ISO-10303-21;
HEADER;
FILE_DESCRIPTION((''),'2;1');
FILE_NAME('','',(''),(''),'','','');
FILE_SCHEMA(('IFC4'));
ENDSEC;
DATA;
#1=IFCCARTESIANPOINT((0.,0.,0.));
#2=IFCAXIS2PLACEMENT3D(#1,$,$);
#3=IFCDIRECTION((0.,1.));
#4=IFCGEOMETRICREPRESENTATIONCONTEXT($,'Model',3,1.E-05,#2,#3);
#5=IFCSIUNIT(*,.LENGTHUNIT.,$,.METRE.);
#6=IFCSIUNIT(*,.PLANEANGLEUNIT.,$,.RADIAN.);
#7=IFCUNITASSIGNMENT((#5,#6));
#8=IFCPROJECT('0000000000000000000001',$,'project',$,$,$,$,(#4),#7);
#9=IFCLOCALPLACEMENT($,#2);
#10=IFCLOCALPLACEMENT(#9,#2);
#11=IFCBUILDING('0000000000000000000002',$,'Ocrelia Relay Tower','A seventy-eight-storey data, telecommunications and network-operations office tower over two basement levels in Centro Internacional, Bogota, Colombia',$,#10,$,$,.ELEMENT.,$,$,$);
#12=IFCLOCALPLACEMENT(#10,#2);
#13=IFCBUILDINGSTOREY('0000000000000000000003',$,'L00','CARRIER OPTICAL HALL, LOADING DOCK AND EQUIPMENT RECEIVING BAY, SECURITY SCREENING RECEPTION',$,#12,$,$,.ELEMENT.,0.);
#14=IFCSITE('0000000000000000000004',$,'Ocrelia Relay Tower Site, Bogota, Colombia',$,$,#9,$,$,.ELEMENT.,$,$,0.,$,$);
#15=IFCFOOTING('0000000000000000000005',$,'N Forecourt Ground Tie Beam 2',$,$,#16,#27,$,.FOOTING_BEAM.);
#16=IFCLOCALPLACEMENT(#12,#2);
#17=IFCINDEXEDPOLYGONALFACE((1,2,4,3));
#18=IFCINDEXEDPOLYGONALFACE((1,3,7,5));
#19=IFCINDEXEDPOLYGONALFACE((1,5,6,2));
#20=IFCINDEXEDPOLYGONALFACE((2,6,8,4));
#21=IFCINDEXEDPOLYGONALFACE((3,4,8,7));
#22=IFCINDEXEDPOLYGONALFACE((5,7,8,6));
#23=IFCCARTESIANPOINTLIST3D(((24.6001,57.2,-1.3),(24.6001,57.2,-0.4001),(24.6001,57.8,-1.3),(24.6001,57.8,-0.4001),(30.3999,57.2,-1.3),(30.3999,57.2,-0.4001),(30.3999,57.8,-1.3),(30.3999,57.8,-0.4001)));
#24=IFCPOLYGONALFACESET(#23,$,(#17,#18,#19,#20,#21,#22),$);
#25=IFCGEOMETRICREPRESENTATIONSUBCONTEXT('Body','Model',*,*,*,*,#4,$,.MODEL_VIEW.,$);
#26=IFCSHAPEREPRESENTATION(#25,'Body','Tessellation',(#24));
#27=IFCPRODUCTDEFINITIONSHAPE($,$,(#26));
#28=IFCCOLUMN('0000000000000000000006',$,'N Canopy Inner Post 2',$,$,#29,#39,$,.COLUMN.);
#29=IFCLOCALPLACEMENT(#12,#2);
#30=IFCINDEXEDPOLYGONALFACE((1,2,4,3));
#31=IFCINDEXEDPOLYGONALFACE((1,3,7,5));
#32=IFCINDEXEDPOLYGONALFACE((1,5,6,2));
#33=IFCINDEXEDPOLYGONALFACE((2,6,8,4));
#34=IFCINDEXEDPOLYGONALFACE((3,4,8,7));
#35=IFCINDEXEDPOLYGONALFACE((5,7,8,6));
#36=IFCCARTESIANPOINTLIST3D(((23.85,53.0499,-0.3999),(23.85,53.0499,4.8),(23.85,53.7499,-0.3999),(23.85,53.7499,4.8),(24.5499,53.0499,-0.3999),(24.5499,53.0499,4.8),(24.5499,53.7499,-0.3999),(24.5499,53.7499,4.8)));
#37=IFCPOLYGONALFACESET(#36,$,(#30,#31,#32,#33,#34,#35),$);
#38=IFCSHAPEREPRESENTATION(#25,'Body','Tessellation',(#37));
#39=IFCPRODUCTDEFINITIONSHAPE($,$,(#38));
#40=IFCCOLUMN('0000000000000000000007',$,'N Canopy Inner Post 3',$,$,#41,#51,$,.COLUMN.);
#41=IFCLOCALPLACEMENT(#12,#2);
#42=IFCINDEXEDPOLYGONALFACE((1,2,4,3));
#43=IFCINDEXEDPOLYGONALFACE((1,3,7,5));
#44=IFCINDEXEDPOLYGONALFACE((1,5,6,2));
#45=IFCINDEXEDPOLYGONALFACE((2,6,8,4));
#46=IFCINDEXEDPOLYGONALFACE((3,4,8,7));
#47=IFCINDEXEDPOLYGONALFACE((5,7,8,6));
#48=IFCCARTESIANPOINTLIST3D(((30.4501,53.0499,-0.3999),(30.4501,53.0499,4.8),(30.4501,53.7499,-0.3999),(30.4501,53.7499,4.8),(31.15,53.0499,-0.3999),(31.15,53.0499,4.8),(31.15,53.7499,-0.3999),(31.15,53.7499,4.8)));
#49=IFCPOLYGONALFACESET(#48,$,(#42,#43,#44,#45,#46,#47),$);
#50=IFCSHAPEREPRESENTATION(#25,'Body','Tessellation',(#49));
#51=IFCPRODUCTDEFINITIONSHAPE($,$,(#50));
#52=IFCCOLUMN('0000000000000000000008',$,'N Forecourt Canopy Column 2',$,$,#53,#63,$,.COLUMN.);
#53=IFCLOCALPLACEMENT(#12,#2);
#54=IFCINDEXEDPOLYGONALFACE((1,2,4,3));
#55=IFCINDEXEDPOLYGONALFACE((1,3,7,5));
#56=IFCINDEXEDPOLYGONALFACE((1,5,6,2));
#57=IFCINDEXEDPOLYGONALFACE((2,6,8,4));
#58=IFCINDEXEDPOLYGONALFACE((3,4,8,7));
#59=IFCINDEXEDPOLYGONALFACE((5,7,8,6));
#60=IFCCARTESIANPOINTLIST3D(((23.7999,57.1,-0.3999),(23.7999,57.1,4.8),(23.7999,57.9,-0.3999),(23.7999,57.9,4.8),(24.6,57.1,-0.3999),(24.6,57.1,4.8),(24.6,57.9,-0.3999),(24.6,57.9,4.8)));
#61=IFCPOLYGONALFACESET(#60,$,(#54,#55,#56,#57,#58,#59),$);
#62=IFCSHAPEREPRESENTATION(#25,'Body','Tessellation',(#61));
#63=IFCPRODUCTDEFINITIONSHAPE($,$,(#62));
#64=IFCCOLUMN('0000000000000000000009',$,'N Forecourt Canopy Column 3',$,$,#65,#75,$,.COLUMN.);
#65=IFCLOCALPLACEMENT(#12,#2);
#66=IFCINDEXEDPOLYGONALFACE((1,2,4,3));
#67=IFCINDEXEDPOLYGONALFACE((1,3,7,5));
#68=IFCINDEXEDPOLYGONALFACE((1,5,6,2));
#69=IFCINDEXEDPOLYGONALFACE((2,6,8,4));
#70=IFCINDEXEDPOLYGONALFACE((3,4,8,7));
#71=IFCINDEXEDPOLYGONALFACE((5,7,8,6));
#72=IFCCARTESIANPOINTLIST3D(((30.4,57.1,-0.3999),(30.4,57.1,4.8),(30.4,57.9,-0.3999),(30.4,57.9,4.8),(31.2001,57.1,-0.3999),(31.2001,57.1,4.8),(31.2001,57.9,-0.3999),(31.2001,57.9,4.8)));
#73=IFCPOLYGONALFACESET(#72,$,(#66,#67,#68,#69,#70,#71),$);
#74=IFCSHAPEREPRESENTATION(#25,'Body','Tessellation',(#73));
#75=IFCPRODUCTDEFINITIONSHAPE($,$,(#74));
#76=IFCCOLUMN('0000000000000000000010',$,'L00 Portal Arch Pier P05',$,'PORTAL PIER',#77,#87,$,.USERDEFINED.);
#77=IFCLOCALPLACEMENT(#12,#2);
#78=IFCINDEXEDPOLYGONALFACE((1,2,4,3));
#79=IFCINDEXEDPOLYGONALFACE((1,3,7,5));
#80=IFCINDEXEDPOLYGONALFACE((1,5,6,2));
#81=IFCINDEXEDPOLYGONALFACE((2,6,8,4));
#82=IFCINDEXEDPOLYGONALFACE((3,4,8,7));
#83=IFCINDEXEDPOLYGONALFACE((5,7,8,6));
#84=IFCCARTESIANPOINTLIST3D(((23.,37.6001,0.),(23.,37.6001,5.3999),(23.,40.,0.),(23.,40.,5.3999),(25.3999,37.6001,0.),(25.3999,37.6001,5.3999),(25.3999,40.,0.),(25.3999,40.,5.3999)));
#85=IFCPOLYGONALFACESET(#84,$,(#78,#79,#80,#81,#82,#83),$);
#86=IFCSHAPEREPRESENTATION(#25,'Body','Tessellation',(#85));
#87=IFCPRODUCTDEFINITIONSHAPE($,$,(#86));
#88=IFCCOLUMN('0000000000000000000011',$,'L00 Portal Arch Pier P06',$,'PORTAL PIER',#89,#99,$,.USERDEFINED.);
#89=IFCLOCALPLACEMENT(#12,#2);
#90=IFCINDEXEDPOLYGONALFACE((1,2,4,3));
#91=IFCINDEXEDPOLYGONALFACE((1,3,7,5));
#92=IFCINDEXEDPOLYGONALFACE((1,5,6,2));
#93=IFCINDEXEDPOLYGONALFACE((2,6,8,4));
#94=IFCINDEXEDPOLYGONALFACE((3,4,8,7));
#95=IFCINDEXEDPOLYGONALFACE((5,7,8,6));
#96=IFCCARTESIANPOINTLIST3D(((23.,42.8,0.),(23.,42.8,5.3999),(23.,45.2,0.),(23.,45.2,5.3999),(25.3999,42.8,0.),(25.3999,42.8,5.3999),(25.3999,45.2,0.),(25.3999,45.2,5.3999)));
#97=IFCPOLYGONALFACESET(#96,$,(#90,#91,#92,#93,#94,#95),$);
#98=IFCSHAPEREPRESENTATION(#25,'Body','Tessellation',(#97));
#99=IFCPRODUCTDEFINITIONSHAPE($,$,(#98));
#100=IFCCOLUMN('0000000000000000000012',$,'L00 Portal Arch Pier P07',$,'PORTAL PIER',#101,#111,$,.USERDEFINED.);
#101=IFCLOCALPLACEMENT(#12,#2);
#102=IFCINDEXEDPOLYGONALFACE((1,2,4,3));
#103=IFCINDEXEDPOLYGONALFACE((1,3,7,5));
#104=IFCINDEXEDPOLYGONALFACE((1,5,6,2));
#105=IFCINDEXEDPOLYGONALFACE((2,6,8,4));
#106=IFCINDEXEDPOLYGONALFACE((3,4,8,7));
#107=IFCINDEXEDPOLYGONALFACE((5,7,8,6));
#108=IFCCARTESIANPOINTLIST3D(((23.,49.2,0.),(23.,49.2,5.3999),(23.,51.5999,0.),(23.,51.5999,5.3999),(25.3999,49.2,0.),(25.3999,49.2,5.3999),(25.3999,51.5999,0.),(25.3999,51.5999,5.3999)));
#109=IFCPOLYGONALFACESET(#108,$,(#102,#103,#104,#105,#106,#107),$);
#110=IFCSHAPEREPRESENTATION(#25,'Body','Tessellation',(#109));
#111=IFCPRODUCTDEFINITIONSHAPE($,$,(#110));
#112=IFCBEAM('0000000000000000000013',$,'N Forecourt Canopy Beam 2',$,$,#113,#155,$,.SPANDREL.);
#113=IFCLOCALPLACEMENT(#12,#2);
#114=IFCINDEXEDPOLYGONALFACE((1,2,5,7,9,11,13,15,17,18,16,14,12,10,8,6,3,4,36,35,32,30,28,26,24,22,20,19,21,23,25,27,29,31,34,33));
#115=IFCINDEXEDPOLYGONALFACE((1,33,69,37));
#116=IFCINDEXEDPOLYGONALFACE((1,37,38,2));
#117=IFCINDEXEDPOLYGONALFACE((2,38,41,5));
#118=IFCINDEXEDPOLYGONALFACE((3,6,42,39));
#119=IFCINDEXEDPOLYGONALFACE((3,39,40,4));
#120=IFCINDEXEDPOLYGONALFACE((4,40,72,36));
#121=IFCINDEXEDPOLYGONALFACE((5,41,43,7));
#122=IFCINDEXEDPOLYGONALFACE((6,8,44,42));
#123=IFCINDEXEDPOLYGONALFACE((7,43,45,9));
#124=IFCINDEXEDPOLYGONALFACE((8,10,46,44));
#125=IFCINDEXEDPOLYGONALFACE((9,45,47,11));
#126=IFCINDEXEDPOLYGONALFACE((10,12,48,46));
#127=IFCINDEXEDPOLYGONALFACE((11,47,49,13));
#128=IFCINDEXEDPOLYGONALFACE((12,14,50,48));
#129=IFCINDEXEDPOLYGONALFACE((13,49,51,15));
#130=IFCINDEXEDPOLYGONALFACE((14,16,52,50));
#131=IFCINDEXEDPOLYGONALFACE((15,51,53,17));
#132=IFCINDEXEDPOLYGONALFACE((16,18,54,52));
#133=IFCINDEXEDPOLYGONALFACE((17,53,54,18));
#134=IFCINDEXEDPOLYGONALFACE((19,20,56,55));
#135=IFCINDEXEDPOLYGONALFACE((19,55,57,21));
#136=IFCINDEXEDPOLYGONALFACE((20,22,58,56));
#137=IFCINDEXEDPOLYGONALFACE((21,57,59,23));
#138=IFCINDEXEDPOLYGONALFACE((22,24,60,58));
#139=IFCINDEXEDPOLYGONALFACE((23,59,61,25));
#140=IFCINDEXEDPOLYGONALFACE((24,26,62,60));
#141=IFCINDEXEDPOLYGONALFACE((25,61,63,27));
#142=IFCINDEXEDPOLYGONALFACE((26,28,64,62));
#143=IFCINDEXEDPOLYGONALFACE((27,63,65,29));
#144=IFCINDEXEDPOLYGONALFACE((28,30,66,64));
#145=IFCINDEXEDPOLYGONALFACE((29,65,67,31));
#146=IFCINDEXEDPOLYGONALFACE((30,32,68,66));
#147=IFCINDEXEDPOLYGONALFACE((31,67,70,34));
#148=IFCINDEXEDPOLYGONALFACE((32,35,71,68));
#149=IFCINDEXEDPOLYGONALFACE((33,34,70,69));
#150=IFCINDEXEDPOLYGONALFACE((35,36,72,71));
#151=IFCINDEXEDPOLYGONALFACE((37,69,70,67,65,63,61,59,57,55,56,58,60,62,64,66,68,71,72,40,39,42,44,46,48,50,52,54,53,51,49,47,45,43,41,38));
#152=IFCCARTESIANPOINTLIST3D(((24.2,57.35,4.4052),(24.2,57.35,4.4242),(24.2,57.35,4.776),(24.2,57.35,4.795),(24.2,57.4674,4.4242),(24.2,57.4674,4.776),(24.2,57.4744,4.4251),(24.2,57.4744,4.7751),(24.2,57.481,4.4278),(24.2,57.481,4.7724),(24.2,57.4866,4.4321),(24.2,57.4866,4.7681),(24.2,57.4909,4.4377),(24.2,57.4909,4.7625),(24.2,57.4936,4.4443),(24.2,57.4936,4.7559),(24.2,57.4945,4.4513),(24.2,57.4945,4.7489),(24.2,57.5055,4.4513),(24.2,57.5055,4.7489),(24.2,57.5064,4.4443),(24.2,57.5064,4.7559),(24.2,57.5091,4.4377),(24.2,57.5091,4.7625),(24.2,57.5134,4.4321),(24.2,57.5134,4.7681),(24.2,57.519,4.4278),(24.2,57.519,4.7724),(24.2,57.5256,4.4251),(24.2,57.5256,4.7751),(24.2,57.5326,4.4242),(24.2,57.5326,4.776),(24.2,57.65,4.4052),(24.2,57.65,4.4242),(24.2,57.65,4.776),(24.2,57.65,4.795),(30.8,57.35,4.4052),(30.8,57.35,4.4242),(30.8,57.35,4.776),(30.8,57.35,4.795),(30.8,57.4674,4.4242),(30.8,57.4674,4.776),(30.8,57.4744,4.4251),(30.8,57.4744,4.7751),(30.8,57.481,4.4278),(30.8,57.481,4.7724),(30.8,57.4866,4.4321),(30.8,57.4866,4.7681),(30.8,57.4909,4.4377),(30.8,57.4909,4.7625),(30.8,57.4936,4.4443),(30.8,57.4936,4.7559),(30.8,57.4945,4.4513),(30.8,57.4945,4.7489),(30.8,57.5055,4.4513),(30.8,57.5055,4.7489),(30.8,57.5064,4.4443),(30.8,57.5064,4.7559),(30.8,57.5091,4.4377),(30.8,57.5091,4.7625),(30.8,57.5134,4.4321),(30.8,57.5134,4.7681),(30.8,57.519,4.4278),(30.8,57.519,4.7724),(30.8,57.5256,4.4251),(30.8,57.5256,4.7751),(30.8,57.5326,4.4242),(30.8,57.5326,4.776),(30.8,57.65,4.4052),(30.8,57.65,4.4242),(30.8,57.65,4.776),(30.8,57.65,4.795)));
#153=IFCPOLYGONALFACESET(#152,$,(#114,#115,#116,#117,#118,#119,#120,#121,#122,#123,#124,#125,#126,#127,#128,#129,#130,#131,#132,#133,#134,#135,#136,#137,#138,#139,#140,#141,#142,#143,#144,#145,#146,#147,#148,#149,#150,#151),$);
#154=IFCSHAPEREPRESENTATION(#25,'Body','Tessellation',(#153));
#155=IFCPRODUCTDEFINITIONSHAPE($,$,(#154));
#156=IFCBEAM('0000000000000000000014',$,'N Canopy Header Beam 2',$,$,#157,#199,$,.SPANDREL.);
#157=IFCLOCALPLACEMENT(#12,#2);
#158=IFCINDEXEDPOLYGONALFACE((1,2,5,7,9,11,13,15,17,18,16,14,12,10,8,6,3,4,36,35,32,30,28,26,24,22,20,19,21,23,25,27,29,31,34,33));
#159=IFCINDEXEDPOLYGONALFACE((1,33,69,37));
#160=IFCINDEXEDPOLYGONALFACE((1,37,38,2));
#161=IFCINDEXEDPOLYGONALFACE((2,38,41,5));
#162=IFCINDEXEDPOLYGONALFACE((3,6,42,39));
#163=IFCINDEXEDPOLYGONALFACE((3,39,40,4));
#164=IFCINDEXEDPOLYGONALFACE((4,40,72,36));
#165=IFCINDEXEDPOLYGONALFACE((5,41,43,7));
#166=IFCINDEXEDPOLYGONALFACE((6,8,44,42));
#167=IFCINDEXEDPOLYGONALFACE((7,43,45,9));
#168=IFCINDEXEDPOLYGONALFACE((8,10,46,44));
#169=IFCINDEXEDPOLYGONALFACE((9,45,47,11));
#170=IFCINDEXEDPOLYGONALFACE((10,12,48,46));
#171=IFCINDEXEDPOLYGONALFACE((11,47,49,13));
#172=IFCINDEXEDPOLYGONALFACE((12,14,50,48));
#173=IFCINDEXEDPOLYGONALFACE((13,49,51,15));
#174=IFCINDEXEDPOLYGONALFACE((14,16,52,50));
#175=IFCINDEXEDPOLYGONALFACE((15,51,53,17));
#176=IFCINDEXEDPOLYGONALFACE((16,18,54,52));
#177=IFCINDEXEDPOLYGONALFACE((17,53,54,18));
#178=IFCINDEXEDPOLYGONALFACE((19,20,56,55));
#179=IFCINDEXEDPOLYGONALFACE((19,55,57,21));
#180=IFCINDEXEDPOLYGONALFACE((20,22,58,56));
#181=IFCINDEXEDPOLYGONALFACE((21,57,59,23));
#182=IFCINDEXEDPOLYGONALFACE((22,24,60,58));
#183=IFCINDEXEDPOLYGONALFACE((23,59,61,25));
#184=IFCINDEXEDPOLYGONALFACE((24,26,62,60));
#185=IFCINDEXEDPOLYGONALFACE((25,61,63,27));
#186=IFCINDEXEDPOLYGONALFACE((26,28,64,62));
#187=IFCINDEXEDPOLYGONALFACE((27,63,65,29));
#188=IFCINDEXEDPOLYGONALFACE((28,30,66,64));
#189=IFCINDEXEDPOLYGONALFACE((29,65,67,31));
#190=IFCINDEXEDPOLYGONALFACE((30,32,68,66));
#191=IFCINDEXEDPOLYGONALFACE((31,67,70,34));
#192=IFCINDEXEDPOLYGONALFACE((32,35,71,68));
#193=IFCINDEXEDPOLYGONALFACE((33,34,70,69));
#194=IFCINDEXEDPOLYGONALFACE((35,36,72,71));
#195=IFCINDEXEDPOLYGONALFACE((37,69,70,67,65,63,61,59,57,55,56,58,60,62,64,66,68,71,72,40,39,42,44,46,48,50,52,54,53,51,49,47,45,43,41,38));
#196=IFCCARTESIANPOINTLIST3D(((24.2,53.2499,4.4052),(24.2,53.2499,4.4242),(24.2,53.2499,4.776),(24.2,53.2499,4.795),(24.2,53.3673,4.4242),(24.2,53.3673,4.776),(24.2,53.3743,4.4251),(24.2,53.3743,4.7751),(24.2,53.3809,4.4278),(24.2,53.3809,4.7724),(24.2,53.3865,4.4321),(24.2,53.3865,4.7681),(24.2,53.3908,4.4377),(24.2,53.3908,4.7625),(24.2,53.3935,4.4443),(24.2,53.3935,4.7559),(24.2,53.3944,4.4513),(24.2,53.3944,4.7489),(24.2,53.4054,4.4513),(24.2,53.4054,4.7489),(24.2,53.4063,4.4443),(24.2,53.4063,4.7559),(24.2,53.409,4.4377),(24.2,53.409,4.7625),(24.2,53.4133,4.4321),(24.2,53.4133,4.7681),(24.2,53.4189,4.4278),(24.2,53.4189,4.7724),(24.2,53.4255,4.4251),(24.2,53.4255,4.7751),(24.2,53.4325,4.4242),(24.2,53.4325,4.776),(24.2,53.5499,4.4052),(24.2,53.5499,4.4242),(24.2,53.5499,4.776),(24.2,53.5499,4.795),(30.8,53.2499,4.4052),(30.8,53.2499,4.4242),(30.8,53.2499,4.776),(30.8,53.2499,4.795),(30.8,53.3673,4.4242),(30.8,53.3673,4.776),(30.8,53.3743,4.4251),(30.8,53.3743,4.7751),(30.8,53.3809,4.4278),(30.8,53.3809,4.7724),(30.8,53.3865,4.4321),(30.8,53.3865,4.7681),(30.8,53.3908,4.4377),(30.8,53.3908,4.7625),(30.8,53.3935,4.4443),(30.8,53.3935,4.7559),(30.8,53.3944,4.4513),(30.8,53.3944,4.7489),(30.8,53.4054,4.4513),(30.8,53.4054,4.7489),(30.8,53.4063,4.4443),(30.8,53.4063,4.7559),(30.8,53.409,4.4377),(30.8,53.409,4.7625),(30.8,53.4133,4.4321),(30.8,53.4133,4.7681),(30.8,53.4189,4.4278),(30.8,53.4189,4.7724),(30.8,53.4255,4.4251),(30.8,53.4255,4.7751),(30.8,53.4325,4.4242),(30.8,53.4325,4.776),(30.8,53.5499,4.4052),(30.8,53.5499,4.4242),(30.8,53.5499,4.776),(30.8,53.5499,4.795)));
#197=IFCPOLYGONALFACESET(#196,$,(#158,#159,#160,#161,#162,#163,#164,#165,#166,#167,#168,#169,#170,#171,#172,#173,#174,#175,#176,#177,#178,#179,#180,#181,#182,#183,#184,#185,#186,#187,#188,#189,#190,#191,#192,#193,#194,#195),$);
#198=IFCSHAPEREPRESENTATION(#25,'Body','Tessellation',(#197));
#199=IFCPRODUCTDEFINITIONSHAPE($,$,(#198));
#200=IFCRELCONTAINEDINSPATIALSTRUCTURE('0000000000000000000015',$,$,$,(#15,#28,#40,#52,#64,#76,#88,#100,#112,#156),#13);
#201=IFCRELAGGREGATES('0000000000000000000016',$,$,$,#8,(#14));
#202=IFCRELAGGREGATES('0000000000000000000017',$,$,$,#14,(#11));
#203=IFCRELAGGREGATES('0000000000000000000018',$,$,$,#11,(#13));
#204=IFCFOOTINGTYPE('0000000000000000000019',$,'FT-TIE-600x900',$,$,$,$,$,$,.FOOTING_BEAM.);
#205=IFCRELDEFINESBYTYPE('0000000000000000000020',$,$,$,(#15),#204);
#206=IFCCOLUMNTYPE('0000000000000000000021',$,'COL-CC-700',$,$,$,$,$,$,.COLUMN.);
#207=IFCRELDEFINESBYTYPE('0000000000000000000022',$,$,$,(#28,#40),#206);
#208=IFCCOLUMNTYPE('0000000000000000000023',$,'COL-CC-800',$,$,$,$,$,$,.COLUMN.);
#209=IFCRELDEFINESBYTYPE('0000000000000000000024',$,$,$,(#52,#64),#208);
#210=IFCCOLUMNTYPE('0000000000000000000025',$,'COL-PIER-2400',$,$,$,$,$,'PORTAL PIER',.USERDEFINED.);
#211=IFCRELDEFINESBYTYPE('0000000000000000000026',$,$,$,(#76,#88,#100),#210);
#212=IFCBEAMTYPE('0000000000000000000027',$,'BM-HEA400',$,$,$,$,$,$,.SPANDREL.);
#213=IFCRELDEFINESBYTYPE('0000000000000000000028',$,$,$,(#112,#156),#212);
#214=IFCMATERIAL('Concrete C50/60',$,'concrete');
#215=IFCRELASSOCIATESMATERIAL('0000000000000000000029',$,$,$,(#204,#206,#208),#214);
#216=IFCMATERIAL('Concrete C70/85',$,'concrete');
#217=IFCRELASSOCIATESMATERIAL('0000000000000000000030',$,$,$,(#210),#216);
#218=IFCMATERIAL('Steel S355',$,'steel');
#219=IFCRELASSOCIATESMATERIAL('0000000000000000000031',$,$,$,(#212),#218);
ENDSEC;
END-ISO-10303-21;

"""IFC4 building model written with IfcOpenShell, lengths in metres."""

from ifc_helpers import new_model, si_unit, direction, frame, origin, origin_2d, place, context, subcontext, project, spatial, rectangle, i_section, extrude, material, material_profile, profile_set, type_object, element, save


model = new_model("IFC4")

# Units and contexts
model_context = context("Model", 3, precision=1e-05, world=origin(), true_north=direction((0.0, 1.0)))
body_context = subcontext(model_context, "Body", "Model", "MODEL_VIEW")
ifc_project = project(units=[si_unit("LENGTHUNIT", "METRE"), si_unit("PLANEANGLEUNIT", "RADIAN")], contexts=[model_context])

# Site, building, storey
site_placement = place(None, origin())
site = spatial("IfcSite", under=ifc_project, at=site_placement, Name="Ocrelia Relay Tower Site, Bogota, Colombia", CompositionType="ELEMENT", RefElevation=0.0)
building_placement = place(site_placement, origin())
building = spatial("IfcBuilding", under=site, at=building_placement, Name="Ocrelia Relay Tower", Description="A seventy-eight-storey data, telecommunications and network-operations office tower over two basement levels in Centro Internacional, Bogota, Colombia", CompositionType="ELEMENT")
storey_placement = place(building_placement, origin())
storey = spatial("IfcBuildingStorey", under=building, at=storey_placement, Name="L00", Description="CARRIER OPTICAL HALL, LOADING DOCK AND EQUIPMENT RECEIVING BAY, SECURITY SCREENING RECEPTION", CompositionType="ELEMENT", Elevation=0.0)

# Footing
ifc_material_1 = material(Name="Concrete C50/60", Category="concrete")
ifc_material_profile_1 = material_profile(ifc_material_1, rectangle(XDim=0.6001, YDim=0.8999, at=origin_2d()), Name="RC-BM-600x900")
ifc_profile_set_1 = profile_set([ifc_material_profile_1], Name="Concrete C50/60")
footing_type = type_object("IfcFootingType", Name="FT-TIE-600x900", PredefinedType="FOOTING_BEAM", material=ifc_profile_set_1)
footing_placement = place(storey_placement, frame((24.6001, 57.5, -0.8501), z_axis=(1.0, 0.0, 0.0), x_axis=(0.0, 1.0, 0.0)))
element("IfcFooting", 1, at=footing_placement, inside=storey, type_object=footing_type, Name="N Forecourt Ground Tie Beam 2", PredefinedType="FOOTING_BEAM", context=body_context, shape_type="SweptSolid", body=[
    extrude(rectangle(XDim=0.6001, YDim=0.8999, at=origin_2d()), origin(), (0.0, 0.0, 1.0), 5.7998),
])

# Columns
ifc_material_profile_2 = material_profile(ifc_material_1, rectangle(XDim=0.7, YDim=0.7, at=origin_2d()), Name="RC-COL-700x700")
ifc_profile_set_2 = profile_set([ifc_material_profile_2], Name="Concrete C50/60")
column_type_1 = type_object("IfcColumnType", Name="COL-CC-700", PredefinedType="COLUMN", material=ifc_profile_set_2)
for number, where, z_axis, x_axis, name in (
    (2, (24.2, 53.3999, -0.3999), (0.0, 0.0, 1.0), (1.0, 0.0, 0.0), "N Canopy Inner Post 2"),
    (3, (30.8, 53.3999, -0.3999), (0.0, 0.0, 1.0), (1.0, 0.0, 0.0), "N Canopy Inner Post 3"),
):
    element("IfcColumn", number, at=place(storey_placement, frame(where, z_axis=z_axis, x_axis=x_axis)), inside=storey, type_object=column_type_1, Name=name, PredefinedType="COLUMN", context=body_context, shape_type="SweptSolid", body=[
        extrude(rectangle(XDim=0.7, YDim=0.7, at=origin_2d()), origin(), (0.0, 0.0, 1.0), 5.2),
    ])
ifc_material_profile_3 = material_profile(ifc_material_1, rectangle(XDim=0.8, YDim=0.8, at=origin_2d()), Name="RC-COL-800x800")
ifc_profile_set_3 = profile_set([ifc_material_profile_3], Name="Concrete C50/60")
column_type_2 = type_object("IfcColumnType", Name="COL-CC-800", PredefinedType="COLUMN", material=ifc_profile_set_3)
for number, where, z_axis, x_axis, name in (
    (4, (24.2, 57.5, -0.3999), (0.0, 0.0, 1.0), (1.0, 0.0, 0.0), "N Forecourt Canopy Column 2"),
    (5, (30.8, 57.5, -0.3999), (0.0, 0.0, 1.0), (1.0, 0.0, 0.0), "N Forecourt Canopy Column 3"),
):
    element("IfcColumn", number, at=place(storey_placement, frame(where, z_axis=z_axis, x_axis=x_axis)), inside=storey, type_object=column_type_2, Name=name, PredefinedType="COLUMN", context=body_context, shape_type="SweptSolid", body=[
        extrude(rectangle(XDim=0.8, YDim=0.8, at=origin_2d()), origin(), (0.0, 0.0, 1.0), 5.2),
    ])
ifc_material_2 = material(Name="Concrete C70/85", Category="concrete")
ifc_material_profile_4 = material_profile(ifc_material_2, rectangle(XDim=2.3999, YDim=2.3999, at=origin_2d()), Name="RC-PIER-2400x2400")
ifc_profile_set_4 = profile_set([ifc_material_profile_4], Name="Concrete C70/85")
column_type_3 = type_object("IfcColumnType", Name="COL-PIER-2400", ElementType="PORTAL PIER", PredefinedType="USERDEFINED", material=ifc_profile_set_4)
for number, where, z_axis, x_axis, name in (
    (6, (24.2, 38.8, 0.0), (0.0, 0.0, 1.0), (1.0, 0.0, 0.0), "L00 Portal Arch Pier P05"),
    (7, (24.2, 44.0, 0.0), (0.0, 0.0, 1.0), (1.0, 0.0, 0.0), "L00 Portal Arch Pier P06"),
    (8, (24.2, 50.3999, 0.0), (0.0, 0.0, 1.0), (1.0, 0.0, 0.0), "L00 Portal Arch Pier P07"),
):
    element("IfcColumn", number, at=place(storey_placement, frame(where, z_axis=z_axis, x_axis=x_axis)), inside=storey, type_object=column_type_3, Name=name, ObjectType="PORTAL PIER", PredefinedType="USERDEFINED", context=body_context, shape_type="SweptSolid", body=[
        extrude(rectangle(XDim=2.3999, YDim=2.3999, at=origin_2d()), origin(), (0.0, 0.0, 1.0), 5.3999),
    ])

# Beams
ifc_material_3 = material(Name="Steel S355", Category="steel")
ifc_material_profile_5 = material_profile(ifc_material_3, i_section(OverallWidth=0.3, OverallDepth=0.3899, WebThickness=0.011, FlangeThickness=0.019, FilletRadius=0.0271, at=origin_2d()), Name="HEA 400")
ifc_profile_set_5 = profile_set([ifc_material_profile_5], Name="Steel S355")
beam_type_1 = type_object("IfcBeamType", Name="BM-HEA400", PredefinedType="SPANDREL", material=ifc_profile_set_5)
for number, where, z_axis, x_axis, name in (
    (9, (24.2, 57.5, 4.6001), (1.0, 0.0, 0.0), (0.0, 1.0, 0.0), "N Forecourt Canopy Beam 2"),
    (10, (24.2, 53.3999, 4.6001), (1.0, 0.0, 0.0), (0.0, 1.0, 0.0), "N Canopy Header Beam 2"),
):
    element("IfcBeam", number, at=place(storey_placement, frame(where, z_axis=z_axis, x_axis=x_axis)), inside=storey, type_object=beam_type_1, Name=name, PredefinedType="SPANDREL", context=body_context, shape_type="SweptSolid", body=[
        extrude(i_section(OverallWidth=0.3, OverallDepth=0.3899, WebThickness=0.011, FlangeThickness=0.019, FilletRadius=0.0271, at=origin_2d()), origin(), (0.0, 0.0, 1.0), 6.6001),
    ])

save(model, "model.ifc")
